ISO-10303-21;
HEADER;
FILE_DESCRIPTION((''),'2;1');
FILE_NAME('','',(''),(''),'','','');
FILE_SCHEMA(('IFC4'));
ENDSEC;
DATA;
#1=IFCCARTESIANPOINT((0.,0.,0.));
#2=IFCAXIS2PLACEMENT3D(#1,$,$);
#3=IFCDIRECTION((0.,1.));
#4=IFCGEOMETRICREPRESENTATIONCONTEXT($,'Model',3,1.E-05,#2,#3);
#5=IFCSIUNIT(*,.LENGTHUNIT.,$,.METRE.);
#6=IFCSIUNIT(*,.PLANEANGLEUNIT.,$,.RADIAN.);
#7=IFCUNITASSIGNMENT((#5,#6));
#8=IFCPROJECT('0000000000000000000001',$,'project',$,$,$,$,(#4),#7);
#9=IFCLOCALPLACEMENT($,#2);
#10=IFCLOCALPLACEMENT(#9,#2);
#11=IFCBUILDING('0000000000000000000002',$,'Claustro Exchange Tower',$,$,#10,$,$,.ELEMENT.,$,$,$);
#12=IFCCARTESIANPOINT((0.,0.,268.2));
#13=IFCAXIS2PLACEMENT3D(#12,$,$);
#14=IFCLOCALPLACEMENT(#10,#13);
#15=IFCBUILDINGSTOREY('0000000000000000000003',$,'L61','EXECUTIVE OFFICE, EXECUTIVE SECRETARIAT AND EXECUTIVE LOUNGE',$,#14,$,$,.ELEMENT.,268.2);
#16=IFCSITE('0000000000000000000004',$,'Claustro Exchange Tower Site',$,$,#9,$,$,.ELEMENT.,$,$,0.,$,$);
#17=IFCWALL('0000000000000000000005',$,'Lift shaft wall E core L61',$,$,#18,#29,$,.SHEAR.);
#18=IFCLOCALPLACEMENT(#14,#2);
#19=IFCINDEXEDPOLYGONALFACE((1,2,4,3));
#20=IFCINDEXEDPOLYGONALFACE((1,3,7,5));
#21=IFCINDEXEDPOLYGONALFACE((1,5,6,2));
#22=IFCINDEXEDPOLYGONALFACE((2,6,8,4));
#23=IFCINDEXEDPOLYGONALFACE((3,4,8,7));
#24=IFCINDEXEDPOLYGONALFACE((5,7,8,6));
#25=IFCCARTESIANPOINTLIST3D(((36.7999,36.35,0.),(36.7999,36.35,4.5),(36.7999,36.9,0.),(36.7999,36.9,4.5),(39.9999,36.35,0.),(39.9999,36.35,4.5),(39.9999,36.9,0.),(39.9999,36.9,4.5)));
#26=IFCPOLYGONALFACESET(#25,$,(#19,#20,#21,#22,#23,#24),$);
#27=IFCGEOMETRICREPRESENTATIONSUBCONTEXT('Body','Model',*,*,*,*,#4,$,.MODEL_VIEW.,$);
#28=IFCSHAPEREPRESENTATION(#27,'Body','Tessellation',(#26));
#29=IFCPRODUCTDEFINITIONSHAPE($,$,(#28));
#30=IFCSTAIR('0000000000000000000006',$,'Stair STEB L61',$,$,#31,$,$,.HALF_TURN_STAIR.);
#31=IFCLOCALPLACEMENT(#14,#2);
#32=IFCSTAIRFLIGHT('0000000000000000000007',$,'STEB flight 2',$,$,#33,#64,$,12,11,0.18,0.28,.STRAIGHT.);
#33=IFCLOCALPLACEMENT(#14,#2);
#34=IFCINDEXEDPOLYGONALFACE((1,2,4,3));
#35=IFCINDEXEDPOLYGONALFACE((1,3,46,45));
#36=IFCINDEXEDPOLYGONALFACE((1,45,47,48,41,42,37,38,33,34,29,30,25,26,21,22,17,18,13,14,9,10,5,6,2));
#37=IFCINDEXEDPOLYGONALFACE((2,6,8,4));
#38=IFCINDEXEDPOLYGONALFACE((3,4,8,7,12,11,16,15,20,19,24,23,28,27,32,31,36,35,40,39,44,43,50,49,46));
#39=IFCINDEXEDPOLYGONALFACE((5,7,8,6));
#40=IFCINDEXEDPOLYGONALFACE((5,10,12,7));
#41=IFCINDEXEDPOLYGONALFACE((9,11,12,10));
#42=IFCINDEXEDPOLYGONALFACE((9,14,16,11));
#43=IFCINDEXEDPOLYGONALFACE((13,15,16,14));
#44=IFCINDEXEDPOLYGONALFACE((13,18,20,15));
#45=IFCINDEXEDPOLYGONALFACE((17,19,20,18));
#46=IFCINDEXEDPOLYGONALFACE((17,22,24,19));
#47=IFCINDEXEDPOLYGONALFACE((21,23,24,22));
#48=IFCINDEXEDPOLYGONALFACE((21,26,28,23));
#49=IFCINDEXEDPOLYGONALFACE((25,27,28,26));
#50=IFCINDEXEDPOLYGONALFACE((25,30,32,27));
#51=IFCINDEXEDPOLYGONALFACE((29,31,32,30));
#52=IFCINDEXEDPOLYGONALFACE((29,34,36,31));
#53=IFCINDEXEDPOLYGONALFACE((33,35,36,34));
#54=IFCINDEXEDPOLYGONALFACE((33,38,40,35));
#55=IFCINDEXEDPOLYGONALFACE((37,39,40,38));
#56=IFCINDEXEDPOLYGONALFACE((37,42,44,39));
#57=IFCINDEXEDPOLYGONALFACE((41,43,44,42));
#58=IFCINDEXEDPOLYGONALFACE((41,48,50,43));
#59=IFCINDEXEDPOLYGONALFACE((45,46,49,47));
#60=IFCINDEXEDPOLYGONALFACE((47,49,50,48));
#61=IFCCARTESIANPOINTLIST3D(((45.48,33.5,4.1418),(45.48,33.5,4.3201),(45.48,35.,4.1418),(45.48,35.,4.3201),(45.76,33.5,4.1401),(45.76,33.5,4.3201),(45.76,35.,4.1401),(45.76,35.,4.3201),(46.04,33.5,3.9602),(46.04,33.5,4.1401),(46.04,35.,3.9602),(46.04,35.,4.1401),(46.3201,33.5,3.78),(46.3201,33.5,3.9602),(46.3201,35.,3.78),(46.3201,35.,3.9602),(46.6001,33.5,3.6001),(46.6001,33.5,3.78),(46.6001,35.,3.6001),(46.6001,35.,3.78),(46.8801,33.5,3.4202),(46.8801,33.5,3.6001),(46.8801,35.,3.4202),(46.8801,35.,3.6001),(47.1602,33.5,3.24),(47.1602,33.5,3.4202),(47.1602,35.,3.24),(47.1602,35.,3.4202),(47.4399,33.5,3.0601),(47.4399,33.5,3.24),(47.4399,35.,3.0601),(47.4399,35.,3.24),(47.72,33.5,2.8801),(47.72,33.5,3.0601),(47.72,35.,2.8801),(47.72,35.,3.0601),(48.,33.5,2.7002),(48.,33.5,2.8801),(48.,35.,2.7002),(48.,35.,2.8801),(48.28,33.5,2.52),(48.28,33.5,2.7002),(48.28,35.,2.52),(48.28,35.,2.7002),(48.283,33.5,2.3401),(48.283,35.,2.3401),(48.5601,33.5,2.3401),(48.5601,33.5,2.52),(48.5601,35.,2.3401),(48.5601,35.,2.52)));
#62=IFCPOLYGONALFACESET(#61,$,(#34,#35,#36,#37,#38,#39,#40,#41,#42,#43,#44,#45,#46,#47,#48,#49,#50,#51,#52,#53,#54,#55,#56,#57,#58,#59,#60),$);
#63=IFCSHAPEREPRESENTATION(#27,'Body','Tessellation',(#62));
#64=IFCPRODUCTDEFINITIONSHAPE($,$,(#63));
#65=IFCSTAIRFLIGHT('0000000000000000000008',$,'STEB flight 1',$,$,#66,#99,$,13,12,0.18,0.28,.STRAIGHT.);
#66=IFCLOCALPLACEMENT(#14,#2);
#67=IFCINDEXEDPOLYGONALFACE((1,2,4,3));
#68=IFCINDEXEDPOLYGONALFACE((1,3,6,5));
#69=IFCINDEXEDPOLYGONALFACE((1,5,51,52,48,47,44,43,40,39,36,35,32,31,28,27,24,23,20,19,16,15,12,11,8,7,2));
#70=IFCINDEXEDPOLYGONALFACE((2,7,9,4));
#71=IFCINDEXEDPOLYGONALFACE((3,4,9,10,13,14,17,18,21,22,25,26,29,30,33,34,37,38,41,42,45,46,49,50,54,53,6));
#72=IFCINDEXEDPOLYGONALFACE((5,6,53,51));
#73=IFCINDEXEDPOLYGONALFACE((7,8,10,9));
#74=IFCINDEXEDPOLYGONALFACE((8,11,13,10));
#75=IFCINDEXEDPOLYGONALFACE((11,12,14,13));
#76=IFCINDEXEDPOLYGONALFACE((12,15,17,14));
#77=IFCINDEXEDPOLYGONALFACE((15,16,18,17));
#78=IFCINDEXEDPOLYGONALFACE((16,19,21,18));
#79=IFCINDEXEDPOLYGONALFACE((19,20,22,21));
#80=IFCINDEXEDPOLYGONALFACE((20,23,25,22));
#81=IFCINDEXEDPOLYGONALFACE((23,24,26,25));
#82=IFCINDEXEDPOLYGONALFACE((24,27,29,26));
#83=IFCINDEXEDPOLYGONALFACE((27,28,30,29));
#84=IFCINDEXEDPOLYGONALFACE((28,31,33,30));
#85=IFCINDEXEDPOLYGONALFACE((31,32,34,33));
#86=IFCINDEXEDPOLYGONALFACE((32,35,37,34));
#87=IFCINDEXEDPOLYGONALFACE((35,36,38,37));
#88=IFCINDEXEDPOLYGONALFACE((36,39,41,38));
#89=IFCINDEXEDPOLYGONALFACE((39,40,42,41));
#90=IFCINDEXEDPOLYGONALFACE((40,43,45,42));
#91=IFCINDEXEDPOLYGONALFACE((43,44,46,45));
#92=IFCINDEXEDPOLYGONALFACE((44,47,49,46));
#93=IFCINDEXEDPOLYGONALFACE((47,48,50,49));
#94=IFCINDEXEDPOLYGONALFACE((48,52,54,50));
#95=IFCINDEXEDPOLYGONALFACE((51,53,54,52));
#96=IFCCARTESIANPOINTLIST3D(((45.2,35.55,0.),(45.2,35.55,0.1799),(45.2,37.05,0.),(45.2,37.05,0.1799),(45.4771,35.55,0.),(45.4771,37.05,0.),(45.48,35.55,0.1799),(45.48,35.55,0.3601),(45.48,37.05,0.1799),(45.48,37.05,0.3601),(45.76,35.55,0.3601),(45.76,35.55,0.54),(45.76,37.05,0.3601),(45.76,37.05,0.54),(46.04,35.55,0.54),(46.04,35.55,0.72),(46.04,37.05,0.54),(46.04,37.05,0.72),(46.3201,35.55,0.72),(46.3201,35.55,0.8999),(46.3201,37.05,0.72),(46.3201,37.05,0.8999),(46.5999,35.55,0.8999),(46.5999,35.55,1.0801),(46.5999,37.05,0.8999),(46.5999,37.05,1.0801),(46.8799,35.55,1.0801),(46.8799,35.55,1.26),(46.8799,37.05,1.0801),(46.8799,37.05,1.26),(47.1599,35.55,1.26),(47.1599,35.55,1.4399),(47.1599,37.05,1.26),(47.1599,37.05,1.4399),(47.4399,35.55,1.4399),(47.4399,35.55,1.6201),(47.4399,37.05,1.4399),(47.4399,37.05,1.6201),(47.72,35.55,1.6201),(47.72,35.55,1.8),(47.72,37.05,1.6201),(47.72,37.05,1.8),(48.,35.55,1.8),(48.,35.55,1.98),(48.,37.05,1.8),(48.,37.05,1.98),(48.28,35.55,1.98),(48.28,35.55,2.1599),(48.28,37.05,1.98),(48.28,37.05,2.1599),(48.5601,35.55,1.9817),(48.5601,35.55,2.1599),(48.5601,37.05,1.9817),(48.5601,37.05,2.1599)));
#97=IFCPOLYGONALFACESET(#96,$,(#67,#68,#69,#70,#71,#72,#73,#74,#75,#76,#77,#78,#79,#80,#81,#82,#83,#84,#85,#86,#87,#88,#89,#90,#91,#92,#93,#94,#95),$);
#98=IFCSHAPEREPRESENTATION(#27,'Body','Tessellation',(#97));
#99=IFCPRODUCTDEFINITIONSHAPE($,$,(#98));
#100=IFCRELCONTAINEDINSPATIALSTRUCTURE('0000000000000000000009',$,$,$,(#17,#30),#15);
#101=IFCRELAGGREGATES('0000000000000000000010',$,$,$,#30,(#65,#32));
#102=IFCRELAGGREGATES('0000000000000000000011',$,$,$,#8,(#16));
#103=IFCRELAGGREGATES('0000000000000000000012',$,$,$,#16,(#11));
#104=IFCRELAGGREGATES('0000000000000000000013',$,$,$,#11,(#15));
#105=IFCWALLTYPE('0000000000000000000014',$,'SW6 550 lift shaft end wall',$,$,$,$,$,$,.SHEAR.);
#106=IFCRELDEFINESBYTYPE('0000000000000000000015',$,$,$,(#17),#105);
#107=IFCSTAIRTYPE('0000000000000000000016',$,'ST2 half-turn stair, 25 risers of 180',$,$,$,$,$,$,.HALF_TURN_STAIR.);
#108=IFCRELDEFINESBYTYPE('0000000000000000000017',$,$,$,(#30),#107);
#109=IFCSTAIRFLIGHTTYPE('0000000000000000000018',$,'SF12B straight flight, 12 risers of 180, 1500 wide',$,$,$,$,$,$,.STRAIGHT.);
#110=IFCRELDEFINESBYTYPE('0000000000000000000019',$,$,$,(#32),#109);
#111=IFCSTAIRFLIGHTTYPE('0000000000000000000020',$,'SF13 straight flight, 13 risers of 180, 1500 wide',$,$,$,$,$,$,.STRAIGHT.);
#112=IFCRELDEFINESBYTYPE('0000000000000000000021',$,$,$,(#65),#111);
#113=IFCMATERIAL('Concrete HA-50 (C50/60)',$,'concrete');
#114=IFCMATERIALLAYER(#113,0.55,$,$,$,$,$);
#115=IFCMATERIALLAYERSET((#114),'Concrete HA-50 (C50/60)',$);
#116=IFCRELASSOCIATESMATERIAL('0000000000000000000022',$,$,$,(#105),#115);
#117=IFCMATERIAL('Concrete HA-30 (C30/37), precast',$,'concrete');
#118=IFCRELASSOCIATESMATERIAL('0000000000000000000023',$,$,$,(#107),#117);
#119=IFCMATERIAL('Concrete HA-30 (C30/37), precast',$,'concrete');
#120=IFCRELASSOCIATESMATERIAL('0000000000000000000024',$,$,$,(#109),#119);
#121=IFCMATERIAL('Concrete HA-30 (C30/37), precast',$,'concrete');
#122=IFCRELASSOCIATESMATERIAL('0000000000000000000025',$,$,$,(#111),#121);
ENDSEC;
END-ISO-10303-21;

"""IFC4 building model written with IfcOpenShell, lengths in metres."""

from ifc_helpers import new_model, si_unit, direction, frame, frame_2d, origin, place, context, subcontext, project, spatial, polyline, rectangle, outline, extrude, material, layer, layer_set, type_object, element, aggregate, save


model = new_model("IFC4")

# Units and contexts
model_context = context("Model", 3, precision=1e-05, world=origin(), true_north=direction((0.0, 1.0)))
body_context = subcontext(model_context, "Body", "Model", "MODEL_VIEW")
ifc_project = project(units=[si_unit("LENGTHUNIT", "METRE"), si_unit("PLANEANGLEUNIT", "RADIAN")], contexts=[model_context])

# Site, building, storey
site_placement = place(None, origin())
site = spatial("IfcSite", under=ifc_project, at=site_placement, Name="Claustro Exchange Tower Site", CompositionType="ELEMENT", RefElevation=0.0)
building_placement = place(site_placement, origin())
building = spatial("IfcBuilding", under=site, at=building_placement, Name="Claustro Exchange Tower", CompositionType="ELEMENT")
storey_placement = place(building_placement, frame((0.0, 0.0, 268.2)))
storey = spatial("IfcBuildingStorey", under=building, at=storey_placement, Name="L61", Description="EXECUTIVE OFFICE, EXECUTIVE SECRETARIAT AND EXECUTIVE LOUNGE", CompositionType="ELEMENT", Elevation=268.2)

# Wall
ifc_material_1 = material(Name="Concrete HA-50 (C50/60)", Category="concrete")
ifc_layer_1 = layer(ifc_material_1, 0.55)
ifc_layer_set_1 = layer_set([ifc_layer_1], Name="Concrete HA-50 (C50/60)")
wall_type_1 = type_object("IfcWallType", Name="SW6 550 lift shaft end wall", PredefinedType="SHEAR", material=ifc_layer_set_1)
wall_1_placement = place(storey_placement, frame((40.0, 36.625, 0.0), z_axis=(0.0, 0.0, 1.0), x_axis=(-1.0, 0.0, 0.0)))
element("IfcWall", 1, at=wall_1_placement, inside=storey, type_object=wall_type_1, Name="Lift shaft wall E core L61", PredefinedType="SHEAR", context=body_context, shape_type="SweptSolid", body=[
    extrude(rectangle(XDim=3.2, YDim=0.55, at=frame_2d((1.6001, 0.0))), origin(), (0.0, 0.0, 1.0), 4.5),
])

# Stair, stair flights
ifc_material_2 = material(Name="Concrete HA-30 (C30/37), precast", Category="concrete")
stair_type = type_object("IfcStairType", Name="ST2 half-turn stair, 25 risers of 180", PredefinedType="HALF_TURN_STAIR", material=ifc_material_2)
stair_placement = place(storey_placement, origin())
stair = element("IfcStair", 2, at=stair_placement, inside=storey, type_object=stair_type, Name="Stair STEB L61", PredefinedType="HALF_TURN_STAIR")
ifc_material_3 = material(Name="Concrete HA-30 (C30/37), precast", Category="concrete")
stair_flight_type_1 = type_object("IfcStairFlightType", Name="SF12B straight flight, 12 risers of 180, 1500 wide", PredefinedType="STRAIGHT", material=ifc_material_3)
stair_flight_1_placement = place(storey_placement, frame((48.5601, 34.25, 2.3401), z_axis=(0.0, 0.0, 1.0), x_axis=(-1.0, 0.0, 0.0)))
stair_flight_1 = element("IfcStairFlight", 3, at=stair_flight_1_placement, type_object=stair_flight_type_1, Name="STEB flight 2", NumberOfRisers=12, NumberOfTreads=11, PredefinedType="STRAIGHT", RiserHeight=0.18, TreadLength=0.28, context=body_context, shape_type="SweptSolid", body=[
    extrude(outline(polyline([(0.0, 0.0), (0.0, 0.1799), (0.28, 0.1799), (0.28, 0.3601), (0.5601, 0.3601), (0.5601, 0.54), (0.8401, 0.54), (0.8401, 0.72), (1.1201, 0.72), (1.1201, 0.8999), (1.3999, 0.8999), (1.3999, 1.0801), (1.6799, 1.0801), (1.6799, 1.26), (1.96, 1.26), (1.96, 1.4399), (2.24, 1.4399), (2.24, 1.6201), (2.52, 1.6201), (2.52, 1.8), (2.8, 1.8), (2.8, 1.98), (3.0801, 1.98), (3.0801, 2.1599), (3.0801, 1.8018), (0.2771, 0.0), (0.0, 0.0)])), frame((0.0, 0.75, 0.0), z_axis=(0.0, -1.0, 0.0), x_axis=(1.0, 0.0, 0.0)), (0.0, 0.0, 1.0), 1.5),
])
ifc_material_4 = material(Name="Concrete HA-30 (C30/37), precast", Category="concrete")
stair_flight_type_2 = type_object("IfcStairFlightType", Name="SF13 straight flight, 13 risers of 180, 1500 wide", PredefinedType="STRAIGHT", material=ifc_material_4)
stair_flight_2_placement = place(storey_placement, frame((45.2, 36.3, 0.0), z_axis=(0.0, 0.0, 1.0), x_axis=(1.0, 0.0, 0.0)))
stair_flight_2 = element("IfcStairFlight", 4, at=stair_flight_2_placement, type_object=stair_flight_type_2, Name="STEB flight 1", NumberOfRisers=13, NumberOfTreads=12, PredefinedType="STRAIGHT", RiserHeight=0.18, TreadLength=0.28, context=body_context, shape_type="SweptSolid", body=[
    extrude(outline(polyline([(0.0, 0.0), (0.0, 0.1799), (0.28, 0.1799), (0.28, 0.3601), (0.5601, 0.3601), (0.5601, 0.54), (0.8401, 0.54), (0.8401, 0.72), (1.1201, 0.72), (1.1201, 0.8999), (1.3999, 0.8999), (1.3999, 1.0801), (1.6799, 1.0801), (1.6799, 1.26), (1.96, 1.26), (1.96, 1.4399), (2.24, 1.4399), (2.24, 1.6201), (2.52, 1.6201), (2.52, 1.8), (2.8, 1.8), (2.8, 1.98), (3.0801, 1.98), (3.0801, 2.1599), (3.3601, 2.1599), (3.3601, 2.3401), (3.3601, 1.9817), (0.2771, 0.0), (0.0, 0.0)])), frame((0.0, 0.75, 0.0), z_axis=(0.0, -1.0, 0.0), x_axis=(1.0, 0.0, 0.0)), (0.0, 0.0, 1.0), 1.5),
])
aggregate(stair, [stair_flight_2, stair_flight_1])

save(model, "model.ifc")
